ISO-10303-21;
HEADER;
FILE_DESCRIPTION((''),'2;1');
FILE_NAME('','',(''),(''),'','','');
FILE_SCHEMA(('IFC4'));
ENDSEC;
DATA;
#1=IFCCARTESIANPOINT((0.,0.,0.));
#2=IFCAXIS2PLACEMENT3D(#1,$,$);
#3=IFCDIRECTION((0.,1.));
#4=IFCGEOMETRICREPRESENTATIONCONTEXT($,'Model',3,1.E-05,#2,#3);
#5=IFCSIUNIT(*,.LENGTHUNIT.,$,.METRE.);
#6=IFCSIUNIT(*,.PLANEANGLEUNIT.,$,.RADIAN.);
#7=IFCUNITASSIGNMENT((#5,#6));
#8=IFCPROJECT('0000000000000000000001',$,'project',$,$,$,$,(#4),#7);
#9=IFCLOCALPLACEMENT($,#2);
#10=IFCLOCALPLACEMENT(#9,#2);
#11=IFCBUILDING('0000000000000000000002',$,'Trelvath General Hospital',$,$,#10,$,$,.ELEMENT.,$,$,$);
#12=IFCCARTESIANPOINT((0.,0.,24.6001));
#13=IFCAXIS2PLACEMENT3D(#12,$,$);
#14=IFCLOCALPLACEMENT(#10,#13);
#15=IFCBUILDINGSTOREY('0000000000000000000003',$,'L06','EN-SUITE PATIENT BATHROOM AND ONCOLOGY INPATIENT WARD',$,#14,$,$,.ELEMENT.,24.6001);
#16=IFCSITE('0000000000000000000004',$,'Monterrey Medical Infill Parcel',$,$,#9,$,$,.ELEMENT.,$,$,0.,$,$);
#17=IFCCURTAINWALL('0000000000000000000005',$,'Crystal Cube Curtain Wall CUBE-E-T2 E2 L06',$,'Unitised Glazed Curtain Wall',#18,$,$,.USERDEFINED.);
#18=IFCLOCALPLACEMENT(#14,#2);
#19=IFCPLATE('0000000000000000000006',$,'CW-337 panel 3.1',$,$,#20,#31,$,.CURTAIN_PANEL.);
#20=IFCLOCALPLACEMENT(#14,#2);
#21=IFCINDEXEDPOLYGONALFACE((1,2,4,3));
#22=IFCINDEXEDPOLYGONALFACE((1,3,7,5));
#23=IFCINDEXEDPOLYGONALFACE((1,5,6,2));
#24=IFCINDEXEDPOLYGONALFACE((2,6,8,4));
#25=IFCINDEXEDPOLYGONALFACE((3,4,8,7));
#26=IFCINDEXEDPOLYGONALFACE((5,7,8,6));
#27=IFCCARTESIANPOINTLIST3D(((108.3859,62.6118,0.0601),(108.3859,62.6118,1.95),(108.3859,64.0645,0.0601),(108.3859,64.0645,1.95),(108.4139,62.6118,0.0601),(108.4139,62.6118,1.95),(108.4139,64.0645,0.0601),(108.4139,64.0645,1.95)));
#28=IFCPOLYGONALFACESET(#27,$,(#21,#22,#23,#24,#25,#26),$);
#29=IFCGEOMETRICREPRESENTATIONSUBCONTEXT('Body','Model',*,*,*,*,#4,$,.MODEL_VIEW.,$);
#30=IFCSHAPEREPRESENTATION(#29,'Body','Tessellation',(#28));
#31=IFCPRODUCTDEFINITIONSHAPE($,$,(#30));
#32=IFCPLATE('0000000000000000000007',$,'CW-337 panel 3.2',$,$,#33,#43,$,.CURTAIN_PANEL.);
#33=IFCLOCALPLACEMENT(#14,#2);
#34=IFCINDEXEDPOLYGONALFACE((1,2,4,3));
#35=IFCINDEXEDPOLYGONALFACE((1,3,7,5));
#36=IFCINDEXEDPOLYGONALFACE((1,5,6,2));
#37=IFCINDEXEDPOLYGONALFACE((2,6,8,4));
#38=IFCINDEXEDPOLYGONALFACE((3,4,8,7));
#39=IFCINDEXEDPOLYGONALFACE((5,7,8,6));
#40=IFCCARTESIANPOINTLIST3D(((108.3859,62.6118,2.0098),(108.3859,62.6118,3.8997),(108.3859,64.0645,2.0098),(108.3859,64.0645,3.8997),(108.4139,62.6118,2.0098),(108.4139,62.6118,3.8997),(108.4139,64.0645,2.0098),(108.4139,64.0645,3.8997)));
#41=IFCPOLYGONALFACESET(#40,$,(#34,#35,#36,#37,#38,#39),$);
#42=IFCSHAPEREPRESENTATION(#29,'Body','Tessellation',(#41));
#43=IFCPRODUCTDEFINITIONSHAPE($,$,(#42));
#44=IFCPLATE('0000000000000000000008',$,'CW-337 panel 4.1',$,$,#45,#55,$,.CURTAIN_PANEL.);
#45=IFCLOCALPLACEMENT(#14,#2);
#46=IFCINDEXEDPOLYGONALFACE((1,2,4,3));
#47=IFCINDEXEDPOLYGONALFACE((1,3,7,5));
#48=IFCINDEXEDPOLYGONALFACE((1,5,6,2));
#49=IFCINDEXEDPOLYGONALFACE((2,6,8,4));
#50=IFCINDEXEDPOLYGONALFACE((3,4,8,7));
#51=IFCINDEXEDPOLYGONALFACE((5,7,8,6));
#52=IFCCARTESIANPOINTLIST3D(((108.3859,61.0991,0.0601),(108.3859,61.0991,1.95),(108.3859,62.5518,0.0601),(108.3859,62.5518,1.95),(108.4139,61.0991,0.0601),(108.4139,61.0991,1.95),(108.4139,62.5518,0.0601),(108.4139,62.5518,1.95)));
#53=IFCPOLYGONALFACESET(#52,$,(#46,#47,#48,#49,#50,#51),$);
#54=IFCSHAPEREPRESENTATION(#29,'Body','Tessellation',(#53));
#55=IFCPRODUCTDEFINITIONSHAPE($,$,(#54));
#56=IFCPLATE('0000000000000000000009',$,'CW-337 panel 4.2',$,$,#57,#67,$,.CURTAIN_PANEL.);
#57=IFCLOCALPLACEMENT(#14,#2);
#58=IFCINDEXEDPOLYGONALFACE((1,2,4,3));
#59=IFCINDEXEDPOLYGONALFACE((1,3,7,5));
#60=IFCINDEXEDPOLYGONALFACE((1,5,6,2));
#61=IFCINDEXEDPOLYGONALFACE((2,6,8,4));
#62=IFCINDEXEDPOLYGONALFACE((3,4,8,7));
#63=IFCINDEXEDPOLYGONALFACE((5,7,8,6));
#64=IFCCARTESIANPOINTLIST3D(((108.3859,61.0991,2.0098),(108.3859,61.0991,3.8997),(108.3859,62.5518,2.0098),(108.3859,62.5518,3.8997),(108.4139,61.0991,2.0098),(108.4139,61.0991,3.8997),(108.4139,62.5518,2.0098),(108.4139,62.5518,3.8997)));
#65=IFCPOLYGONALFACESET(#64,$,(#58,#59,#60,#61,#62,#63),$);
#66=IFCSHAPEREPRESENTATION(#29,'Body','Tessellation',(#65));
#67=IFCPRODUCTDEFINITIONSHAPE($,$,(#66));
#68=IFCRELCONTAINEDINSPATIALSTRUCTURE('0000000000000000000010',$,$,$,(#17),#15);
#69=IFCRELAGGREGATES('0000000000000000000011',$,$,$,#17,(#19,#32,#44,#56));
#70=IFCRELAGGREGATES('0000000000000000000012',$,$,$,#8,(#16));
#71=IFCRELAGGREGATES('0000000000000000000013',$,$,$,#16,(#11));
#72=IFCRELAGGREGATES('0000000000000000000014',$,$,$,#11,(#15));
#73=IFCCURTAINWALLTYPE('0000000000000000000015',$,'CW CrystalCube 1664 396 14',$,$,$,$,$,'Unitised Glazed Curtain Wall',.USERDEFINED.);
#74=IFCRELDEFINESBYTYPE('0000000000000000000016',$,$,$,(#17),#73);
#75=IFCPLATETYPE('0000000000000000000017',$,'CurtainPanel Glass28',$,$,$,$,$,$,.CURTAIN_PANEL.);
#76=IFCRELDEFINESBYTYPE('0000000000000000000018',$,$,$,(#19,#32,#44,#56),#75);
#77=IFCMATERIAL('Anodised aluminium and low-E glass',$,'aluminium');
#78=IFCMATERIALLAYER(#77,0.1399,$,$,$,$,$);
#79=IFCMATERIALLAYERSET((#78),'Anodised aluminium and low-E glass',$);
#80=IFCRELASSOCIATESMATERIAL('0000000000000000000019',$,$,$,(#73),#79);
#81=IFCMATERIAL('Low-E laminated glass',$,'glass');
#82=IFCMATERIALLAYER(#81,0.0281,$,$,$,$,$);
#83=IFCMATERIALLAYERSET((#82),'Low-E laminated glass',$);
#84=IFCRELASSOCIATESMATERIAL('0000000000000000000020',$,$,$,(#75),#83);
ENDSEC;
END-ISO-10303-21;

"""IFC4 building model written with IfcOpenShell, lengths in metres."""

from ifc_helpers import new_model, si_unit, direction, frame, origin, origin_2d, place, context, subcontext, project, spatial, rectangle, extrude, material, layer, layer_set, type_object, element, aggregate, save


model = new_model("IFC4")

# Units and contexts
model_context = context("Model", 3, precision=1e-05, world=origin(), true_north=direction((0.0, 1.0)))
body_context = subcontext(model_context, "Body", "Model", "MODEL_VIEW")
ifc_project = project(units=[si_unit("LENGTHUNIT", "METRE"), si_unit("PLANEANGLEUNIT", "RADIAN")], contexts=[model_context])

# Site, building, storey
site_placement = place(None, origin())
site = spatial("IfcSite", under=ifc_project, at=site_placement, Name="Monterrey Medical Infill Parcel", CompositionType="ELEMENT", RefElevation=0.0)
building_placement = place(site_placement, origin())
building = spatial("IfcBuilding", under=site, at=building_placement, Name="Trelvath General Hospital", CompositionType="ELEMENT")
storey_placement = place(building_placement, frame((0.0, 0.0, 24.6001)))
storey = spatial("IfcBuildingStorey", under=building, at=storey_placement, Name="L06", Description="EN-SUITE PATIENT BATHROOM AND ONCOLOGY INPATIENT WARD", CompositionType="ELEMENT", Elevation=24.6001)

# Curtain wall, plates
ifc_material_1 = material(Name="Anodised aluminium and low-E glass", Category="aluminium")
ifc_layer_1 = layer(ifc_material_1, 0.1399)
ifc_layer_set_1 = layer_set([ifc_layer_1], Name="Anodised aluminium and low-E glass")
curtain_wall_type = type_object("IfcCurtainWallType", Name="CW CrystalCube 1664 396 14", ElementType="Unitised Glazed Curtain Wall", PredefinedType="USERDEFINED", material=ifc_layer_set_1)
curtain_wall_placement = place(storey_placement, origin())
curtain_wall = element("IfcCurtainWall", 1, at=curtain_wall_placement, inside=storey, type_object=curtain_wall_type, Name="Crystal Cube Curtain Wall CUBE-E-T2 E2 L06", ObjectType="Unitised Glazed Curtain Wall", PredefinedType="USERDEFINED")
ifc_material_2 = material(Name="Low-E laminated glass", Category="glass")
ifc_layer_2 = layer(ifc_material_2, 0.0281)
ifc_layer_set_2 = layer_set([ifc_layer_2], Name="Low-E laminated glass")
plate_type = type_object("IfcPlateType", Name="CurtainPanel Glass28", PredefinedType="CURTAIN_PANEL", material=ifc_layer_set_2)
plate_1_placement = place(storey_placement, frame((108.3999, 63.3381, 0.0601), z_axis=(0.0, 0.0, 1.0), x_axis=(0.0, -1.0, 0.0)))
plate_1 = element("IfcPlate", 2, at=plate_1_placement, type_object=plate_type, Name="CW-337 panel 3.1", PredefinedType="CURTAIN_PANEL", context=body_context, shape_type="SweptSolid", body=[
    extrude(rectangle(XDim=1.4526, YDim=0.0281, at=origin_2d()), origin(), (0.0, 0.0, 1.0), 1.8899),
])
plate_2_placement = place(storey_placement, frame((108.3999, 63.3381, 2.0098), z_axis=(0.0, 0.0, 1.0), x_axis=(0.0, -1.0, 0.0)))
plate_2 = element("IfcPlate", 3, at=plate_2_placement, type_object=plate_type, Name="CW-337 panel 3.2", PredefinedType="CURTAIN_PANEL", context=body_context, shape_type="SweptSolid", body=[
    extrude(rectangle(XDim=1.4526, YDim=0.0281, at=origin_2d()), origin(), (0.0, 0.0, 1.0), 1.8899),
])
plate_3_placement = place(storey_placement, frame((108.3999, 61.8254, 0.0601), z_axis=(0.0, 0.0, 1.0), x_axis=(0.0, -1.0, 0.0)))
plate_3 = element("IfcPlate", 4, at=plate_3_placement, type_object=plate_type, Name="CW-337 panel 4.1", PredefinedType="CURTAIN_PANEL", context=body_context, shape_type="SweptSolid", body=[
    extrude(rectangle(XDim=1.4526, YDim=0.0281, at=origin_2d()), origin(), (0.0, 0.0, 1.0), 1.8899),
])
plate_4_placement = place(storey_placement, frame((108.3999, 61.8254, 2.0098), z_axis=(0.0, 0.0, 1.0), x_axis=(0.0, -1.0, 0.0)))
plate_4 = element("IfcPlate", 5, at=plate_4_placement, type_object=plate_type, Name="CW-337 panel 4.2", PredefinedType="CURTAIN_PANEL", context=body_context, shape_type="SweptSolid", body=[
    extrude(rectangle(XDim=1.4526, YDim=0.0281, at=origin_2d()), origin(), (0.0, 0.0, 1.0), 1.8899),
])
aggregate(curtain_wall, [plate_1, plate_2, plate_3, plate_4])

save(model, "model.ifc")
